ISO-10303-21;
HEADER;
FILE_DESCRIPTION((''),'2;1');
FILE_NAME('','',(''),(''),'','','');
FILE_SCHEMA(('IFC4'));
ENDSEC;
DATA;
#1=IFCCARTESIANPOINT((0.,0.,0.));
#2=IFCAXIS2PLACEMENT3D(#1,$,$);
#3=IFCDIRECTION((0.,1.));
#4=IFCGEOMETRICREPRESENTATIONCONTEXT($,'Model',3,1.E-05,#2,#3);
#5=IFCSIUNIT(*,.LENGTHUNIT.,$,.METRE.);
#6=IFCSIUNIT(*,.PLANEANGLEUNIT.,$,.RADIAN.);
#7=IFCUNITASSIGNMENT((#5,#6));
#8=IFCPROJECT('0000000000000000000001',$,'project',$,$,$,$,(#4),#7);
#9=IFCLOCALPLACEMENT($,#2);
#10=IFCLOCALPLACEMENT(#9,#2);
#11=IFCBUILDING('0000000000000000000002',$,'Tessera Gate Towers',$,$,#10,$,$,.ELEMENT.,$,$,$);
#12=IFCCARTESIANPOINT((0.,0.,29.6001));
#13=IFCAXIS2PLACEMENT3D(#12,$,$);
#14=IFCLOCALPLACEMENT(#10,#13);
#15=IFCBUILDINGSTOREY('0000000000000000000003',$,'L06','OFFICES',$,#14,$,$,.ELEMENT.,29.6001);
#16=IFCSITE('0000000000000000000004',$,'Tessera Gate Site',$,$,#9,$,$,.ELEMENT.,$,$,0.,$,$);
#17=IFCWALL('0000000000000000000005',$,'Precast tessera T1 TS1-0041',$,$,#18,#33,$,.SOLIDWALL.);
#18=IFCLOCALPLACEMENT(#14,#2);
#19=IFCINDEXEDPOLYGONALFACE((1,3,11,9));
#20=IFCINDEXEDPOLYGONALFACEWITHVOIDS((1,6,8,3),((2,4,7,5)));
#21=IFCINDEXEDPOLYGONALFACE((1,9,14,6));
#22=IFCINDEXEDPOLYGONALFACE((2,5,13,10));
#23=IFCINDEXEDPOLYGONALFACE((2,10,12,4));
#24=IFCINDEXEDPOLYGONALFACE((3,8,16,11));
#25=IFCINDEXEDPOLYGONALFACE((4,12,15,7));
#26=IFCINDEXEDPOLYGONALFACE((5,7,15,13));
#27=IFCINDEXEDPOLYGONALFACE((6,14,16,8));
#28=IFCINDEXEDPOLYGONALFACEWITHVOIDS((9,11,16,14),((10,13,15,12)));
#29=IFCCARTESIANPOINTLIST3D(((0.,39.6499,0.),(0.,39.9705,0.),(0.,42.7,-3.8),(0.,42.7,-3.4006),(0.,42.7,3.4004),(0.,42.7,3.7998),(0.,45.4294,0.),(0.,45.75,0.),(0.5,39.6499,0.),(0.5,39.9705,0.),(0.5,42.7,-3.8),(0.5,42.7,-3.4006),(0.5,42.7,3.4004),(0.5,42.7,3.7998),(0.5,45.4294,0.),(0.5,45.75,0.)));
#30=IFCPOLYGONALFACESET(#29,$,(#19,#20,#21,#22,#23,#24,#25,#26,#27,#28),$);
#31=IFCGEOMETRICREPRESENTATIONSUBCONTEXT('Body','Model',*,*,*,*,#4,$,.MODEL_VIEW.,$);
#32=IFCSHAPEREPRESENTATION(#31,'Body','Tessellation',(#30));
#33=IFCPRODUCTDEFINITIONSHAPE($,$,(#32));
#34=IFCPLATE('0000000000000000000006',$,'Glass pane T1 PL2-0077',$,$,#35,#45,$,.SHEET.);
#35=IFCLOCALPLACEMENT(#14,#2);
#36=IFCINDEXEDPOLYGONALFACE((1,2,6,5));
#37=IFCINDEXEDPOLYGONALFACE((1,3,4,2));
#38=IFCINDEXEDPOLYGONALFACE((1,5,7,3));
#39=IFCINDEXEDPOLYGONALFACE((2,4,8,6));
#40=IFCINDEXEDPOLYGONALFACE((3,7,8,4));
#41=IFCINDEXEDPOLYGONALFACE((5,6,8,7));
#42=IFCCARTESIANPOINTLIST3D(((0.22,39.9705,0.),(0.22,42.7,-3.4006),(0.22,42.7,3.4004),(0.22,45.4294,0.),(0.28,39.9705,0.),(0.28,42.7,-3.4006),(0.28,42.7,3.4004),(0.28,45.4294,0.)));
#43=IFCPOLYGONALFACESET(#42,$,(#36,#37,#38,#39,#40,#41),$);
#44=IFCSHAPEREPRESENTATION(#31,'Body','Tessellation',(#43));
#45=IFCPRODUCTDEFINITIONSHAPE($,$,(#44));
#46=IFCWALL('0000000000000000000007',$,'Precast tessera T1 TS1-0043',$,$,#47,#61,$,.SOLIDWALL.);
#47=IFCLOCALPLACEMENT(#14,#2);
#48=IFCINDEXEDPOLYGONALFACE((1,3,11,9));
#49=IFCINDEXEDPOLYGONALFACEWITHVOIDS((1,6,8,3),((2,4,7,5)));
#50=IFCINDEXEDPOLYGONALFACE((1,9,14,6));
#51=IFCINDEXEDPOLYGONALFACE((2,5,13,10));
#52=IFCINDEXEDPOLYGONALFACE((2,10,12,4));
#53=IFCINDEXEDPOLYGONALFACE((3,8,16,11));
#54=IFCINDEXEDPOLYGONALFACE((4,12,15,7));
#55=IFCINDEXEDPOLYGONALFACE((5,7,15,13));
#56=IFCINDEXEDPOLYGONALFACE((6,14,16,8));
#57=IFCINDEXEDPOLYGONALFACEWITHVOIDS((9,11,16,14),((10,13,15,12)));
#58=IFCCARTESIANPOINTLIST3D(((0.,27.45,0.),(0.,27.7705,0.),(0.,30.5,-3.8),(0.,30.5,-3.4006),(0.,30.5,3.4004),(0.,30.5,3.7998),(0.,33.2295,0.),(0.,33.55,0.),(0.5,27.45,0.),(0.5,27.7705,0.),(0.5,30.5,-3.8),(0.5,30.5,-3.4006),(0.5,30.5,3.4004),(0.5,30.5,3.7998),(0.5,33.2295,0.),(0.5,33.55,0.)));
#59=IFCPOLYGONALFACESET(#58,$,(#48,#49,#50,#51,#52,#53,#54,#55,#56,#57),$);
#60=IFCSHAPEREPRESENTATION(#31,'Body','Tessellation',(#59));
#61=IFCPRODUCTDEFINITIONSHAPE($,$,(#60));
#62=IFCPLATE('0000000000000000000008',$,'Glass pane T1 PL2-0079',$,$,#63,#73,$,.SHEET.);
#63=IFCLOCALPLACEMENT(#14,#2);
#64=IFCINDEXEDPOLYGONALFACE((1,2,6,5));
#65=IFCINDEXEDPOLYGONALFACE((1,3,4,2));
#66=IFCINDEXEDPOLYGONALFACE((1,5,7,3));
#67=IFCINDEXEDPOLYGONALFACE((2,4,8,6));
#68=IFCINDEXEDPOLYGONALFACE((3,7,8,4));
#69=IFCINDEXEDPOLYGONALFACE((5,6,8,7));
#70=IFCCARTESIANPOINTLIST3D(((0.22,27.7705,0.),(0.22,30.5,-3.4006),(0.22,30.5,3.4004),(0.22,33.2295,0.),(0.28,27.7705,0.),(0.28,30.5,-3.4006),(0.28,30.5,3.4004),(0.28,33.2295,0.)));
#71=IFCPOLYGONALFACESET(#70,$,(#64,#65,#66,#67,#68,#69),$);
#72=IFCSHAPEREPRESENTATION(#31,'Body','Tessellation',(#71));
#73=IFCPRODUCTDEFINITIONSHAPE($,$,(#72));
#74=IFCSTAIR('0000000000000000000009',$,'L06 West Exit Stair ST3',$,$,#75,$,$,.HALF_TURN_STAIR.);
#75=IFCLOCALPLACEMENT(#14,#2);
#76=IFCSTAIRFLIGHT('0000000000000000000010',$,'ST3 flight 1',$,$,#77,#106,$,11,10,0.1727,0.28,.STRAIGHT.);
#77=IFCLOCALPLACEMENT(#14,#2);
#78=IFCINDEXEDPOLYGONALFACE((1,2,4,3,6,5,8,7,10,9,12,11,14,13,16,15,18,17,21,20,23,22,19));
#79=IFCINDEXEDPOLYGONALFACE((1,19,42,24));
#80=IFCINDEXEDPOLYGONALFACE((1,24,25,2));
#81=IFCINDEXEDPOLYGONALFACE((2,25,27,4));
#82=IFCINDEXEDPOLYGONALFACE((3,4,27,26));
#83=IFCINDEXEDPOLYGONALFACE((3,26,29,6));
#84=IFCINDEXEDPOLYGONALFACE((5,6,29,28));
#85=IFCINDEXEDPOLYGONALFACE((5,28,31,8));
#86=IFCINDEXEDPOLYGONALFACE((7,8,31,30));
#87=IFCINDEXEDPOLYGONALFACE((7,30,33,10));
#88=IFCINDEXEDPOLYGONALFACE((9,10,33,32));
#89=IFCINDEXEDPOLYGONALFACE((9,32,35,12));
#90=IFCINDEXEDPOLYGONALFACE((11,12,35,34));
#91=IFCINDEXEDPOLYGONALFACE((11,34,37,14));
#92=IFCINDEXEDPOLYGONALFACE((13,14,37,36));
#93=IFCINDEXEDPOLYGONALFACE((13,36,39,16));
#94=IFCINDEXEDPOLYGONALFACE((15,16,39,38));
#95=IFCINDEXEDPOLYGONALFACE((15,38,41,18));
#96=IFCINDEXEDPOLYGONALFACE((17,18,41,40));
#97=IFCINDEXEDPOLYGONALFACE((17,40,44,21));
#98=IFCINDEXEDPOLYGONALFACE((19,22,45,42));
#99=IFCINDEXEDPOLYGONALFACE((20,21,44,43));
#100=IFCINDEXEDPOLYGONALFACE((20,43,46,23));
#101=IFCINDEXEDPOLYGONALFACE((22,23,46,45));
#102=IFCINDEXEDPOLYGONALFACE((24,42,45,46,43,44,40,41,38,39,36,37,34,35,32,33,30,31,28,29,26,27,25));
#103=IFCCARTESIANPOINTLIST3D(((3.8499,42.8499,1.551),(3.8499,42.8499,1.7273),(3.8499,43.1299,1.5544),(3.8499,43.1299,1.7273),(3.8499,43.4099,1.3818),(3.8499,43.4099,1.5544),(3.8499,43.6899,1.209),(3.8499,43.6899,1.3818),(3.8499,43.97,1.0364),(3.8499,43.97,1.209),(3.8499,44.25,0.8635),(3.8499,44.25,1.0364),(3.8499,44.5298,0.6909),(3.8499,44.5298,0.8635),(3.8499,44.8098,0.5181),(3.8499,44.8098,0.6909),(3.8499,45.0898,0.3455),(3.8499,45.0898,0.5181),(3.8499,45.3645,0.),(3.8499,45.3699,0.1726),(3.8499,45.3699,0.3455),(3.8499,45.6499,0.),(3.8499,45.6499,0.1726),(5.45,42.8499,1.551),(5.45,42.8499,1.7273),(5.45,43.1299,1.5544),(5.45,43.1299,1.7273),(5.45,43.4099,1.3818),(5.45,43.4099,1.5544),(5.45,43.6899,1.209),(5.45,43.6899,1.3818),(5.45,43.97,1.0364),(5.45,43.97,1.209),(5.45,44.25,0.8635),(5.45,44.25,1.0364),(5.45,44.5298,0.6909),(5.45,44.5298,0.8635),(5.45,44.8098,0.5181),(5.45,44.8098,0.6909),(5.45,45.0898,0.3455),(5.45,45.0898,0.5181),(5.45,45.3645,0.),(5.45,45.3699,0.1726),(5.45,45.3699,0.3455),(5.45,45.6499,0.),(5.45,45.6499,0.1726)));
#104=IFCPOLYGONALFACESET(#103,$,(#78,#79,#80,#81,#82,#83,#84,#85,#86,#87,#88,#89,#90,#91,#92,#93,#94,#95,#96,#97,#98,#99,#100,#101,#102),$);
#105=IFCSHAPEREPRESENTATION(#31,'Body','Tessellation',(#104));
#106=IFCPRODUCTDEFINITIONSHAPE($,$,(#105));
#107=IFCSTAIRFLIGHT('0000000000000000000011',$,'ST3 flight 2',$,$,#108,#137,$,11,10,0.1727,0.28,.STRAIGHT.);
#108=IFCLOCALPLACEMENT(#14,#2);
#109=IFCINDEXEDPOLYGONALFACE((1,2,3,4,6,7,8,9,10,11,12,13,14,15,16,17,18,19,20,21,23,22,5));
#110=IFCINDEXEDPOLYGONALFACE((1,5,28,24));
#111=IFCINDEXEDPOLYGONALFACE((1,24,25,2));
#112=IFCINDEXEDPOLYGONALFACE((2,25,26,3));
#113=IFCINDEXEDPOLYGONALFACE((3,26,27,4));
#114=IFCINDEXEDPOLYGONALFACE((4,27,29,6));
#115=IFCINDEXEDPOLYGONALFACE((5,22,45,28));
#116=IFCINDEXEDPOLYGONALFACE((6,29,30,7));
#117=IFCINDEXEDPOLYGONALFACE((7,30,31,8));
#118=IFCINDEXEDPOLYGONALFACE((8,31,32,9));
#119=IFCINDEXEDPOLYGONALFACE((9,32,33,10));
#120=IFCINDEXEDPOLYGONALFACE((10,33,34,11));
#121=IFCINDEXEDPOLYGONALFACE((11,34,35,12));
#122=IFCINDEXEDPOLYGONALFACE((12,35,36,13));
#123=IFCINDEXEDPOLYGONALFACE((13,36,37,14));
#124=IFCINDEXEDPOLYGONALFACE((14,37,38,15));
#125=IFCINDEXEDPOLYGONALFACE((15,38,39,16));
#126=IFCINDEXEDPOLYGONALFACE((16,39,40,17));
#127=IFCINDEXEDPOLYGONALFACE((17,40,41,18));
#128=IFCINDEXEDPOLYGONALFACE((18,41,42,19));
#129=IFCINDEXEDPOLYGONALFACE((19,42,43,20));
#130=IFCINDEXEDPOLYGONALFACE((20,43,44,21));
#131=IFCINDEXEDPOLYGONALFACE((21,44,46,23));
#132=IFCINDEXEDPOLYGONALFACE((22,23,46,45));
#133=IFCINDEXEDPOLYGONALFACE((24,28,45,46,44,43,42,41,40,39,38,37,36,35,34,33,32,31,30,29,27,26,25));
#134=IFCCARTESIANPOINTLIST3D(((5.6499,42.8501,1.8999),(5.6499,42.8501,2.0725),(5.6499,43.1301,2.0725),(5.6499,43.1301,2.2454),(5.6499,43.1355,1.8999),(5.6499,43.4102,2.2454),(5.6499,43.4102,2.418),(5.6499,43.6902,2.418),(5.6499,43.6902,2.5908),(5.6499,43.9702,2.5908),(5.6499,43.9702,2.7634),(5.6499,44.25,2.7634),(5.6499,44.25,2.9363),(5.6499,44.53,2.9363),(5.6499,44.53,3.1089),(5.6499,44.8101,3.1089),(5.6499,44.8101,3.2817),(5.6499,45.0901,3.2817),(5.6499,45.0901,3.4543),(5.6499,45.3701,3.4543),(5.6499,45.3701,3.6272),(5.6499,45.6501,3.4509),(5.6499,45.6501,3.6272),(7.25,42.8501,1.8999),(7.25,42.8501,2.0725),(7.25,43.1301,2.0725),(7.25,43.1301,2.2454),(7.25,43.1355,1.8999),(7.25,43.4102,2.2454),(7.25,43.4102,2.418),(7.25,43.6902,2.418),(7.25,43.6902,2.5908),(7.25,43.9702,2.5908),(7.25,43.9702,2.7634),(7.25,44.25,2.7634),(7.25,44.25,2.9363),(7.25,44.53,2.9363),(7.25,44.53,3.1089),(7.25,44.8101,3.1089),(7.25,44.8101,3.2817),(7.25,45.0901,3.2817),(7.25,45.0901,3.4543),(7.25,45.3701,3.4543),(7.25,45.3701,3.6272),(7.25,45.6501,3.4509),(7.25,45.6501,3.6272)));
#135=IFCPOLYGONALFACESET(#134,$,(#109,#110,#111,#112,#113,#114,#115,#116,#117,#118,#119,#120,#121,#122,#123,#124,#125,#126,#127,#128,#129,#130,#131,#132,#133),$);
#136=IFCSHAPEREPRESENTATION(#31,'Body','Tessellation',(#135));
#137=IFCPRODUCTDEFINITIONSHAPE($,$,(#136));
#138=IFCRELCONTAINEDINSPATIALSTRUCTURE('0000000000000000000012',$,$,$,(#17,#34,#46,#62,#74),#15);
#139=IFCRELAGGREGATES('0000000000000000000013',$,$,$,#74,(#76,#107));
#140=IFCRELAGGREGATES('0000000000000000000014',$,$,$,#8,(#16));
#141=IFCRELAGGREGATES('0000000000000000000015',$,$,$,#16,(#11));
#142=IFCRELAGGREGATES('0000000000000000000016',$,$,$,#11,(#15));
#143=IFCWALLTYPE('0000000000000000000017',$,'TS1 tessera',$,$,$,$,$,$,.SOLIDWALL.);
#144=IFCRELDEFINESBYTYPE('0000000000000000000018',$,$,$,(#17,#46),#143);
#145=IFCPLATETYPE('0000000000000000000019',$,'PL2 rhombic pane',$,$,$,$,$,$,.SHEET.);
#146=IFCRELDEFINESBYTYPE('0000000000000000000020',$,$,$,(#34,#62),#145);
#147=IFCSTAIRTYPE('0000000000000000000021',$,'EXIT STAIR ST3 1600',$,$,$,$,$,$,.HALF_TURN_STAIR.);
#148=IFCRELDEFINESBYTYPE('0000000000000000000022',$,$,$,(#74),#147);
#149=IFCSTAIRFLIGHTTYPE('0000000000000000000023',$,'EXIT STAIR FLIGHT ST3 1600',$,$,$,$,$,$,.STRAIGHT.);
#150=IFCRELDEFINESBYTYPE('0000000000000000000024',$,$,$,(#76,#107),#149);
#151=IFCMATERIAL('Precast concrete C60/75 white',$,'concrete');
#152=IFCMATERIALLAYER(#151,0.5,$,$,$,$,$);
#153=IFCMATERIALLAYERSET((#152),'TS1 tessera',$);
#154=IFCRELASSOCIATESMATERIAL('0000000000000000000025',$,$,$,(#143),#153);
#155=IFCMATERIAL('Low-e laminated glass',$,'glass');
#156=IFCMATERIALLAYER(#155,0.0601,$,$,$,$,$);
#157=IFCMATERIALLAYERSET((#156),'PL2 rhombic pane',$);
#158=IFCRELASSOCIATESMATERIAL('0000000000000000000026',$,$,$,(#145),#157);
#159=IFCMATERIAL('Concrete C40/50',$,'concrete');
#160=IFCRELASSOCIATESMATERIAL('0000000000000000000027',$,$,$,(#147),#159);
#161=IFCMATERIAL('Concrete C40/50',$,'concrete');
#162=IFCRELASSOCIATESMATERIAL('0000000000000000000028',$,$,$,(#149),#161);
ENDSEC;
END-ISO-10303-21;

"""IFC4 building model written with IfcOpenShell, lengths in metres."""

from ifc_helpers import new_model, si_unit, direction, frame, origin, place, context, subcontext, project, spatial, polyline, outline, extrude, source, transform, mapped, material, layer, layer_set, type_object, element, fill, aggregate, save


model = new_model("IFC4")

# Units and contexts
model_context = context("Model", 3, precision=1e-05, world=origin(), true_north=direction((0.0, 1.0)))
body_context = subcontext(model_context, "Body", "Model", "MODEL_VIEW")
ifc_project = project(units=[si_unit("LENGTHUNIT", "METRE"), si_unit("PLANEANGLEUNIT", "RADIAN")], contexts=[model_context])

# Site, building, storey
site_placement = place(None, origin())
site = spatial("IfcSite", under=ifc_project, at=site_placement, Name="Tessera Gate Site", CompositionType="ELEMENT", RefElevation=0.0)
building_placement = place(site_placement, origin())
building = spatial("IfcBuilding", under=site, at=building_placement, Name="Tessera Gate Towers", CompositionType="ELEMENT")
storey_placement = place(building_placement, frame((0.0, 0.0, 29.6001)))
storey = spatial("IfcBuildingStorey", under=building, at=storey_placement, Name="L06", Description="OFFICES", CompositionType="ELEMENT", Elevation=29.6001)

# Walls, openings, plates
ifc_material_1 = material(Name="Precast concrete C60/75 white", Category="concrete")
ifc_layer_1 = layer(ifc_material_1, 0.5)
ifc_layer_set_1 = layer_set([ifc_layer_1], Name="TS1 tessera")
wall_type_1 = type_object("IfcWallType", Name="TS1 tessera", PredefinedType="SOLIDWALL", material=ifc_layer_set_1)
shared_shape_1 = source(origin(), body_context, "Body", "SweptSolid", [
    extrude(outline(polyline([(3.05, 0.0), (6.1001, 3.8), (3.05, 7.5999), (0.0, 3.8), (3.05, 0.0)])), frame((0.0, 0.25, 0.0), z_axis=(0.0, -1.0, 0.0), x_axis=(1.0, 0.0, 0.0)), (0.0, 0.0, 1.0), 0.5),
])
wall_1_placement = place(storey_placement, frame((0.25, 45.75, -3.8), z_axis=(0.0, 0.0, 1.0), x_axis=(0.0, -1.0, 0.0)))
wall_1 = element("IfcWall", 1, at=wall_1_placement, inside=storey, type_object=wall_type_1, Name="Precast tessera T1 TS1-0041", PredefinedType="SOLIDWALL", context=body_context, shape_type="MappedRepresentation", body=[
    mapped(shared_shape_1, transform((0.0, 0.0, 0.0), scale=1.0)),
])
shared_shape_2 = source(origin(), body_context, "Body", "SweptSolid", [
    extrude(outline(polyline([(3.05, 0.3994), (5.7795, 3.8), (3.05, 7.2004), (0.3206, 3.8), (3.05, 0.3994)])), frame((0.0, 0.26, 0.0), z_axis=(0.0, -1.0, 0.0), x_axis=(1.0, 0.0, 0.0)), (0.0, 0.0, 1.0), 0.52),
])
opening_1_placement = place(wall_1_placement, origin())
opening_1 = element("IfcOpeningElement", 2, at=opening_1_placement, cuts=wall_1, PredefinedType="OPENING", context=body_context, shape_type="MappedRepresentation", body=[
    mapped(shared_shape_2, transform((0.0, 0.0, 0.0), scale=1.0)),
])
ifc_material_2 = material(Name="Low-e laminated glass", Category="glass")
ifc_layer_2 = layer(ifc_material_2, 0.0601)
ifc_layer_set_2 = layer_set([ifc_layer_2], Name="PL2 rhombic pane")
plate_type = type_object("IfcPlateType", Name="PL2 rhombic pane", PredefinedType="SHEET", material=ifc_layer_set_2)
shared_shape_3 = source(origin(), body_context, "Body", "SweptSolid", [
    extrude(outline(polyline([(3.05, 0.3994), (5.7795, 3.8), (3.05, 7.2004), (0.3206, 3.8), (3.05, 0.3994)])), frame((0.0, 0.03, 0.0), z_axis=(0.0, -1.0, 0.0), x_axis=(1.0, 0.0, 0.0)), (0.0, 0.0, 1.0), 0.0601),
])
plate_1_placement = place(opening_1_placement, origin())
plate_1 = element("IfcPlate", 3, at=plate_1_placement, inside=storey, type_object=plate_type, Name="Glass pane T1 PL2-0077", PredefinedType="SHEET", context=body_context, shape_type="MappedRepresentation", body=[
    mapped(shared_shape_3, transform((0.0, 0.0, 0.0), scale=1.0)),
])
fill(opening_1, plate_1)
wall_2_placement = place(storey_placement, frame((0.25, 33.55, -3.8), z_axis=(0.0, 0.0, 1.0), x_axis=(0.0, -1.0, 0.0)))
wall_2 = element("IfcWall", 4, at=wall_2_placement, inside=storey, type_object=wall_type_1, Name="Precast tessera T1 TS1-0043", PredefinedType="SOLIDWALL", context=body_context, shape_type="MappedRepresentation", body=[
    mapped(shared_shape_1, transform((0.0, 0.0, 0.0), scale=1.0)),
])
opening_2_placement = place(wall_2_placement, origin())
opening_2 = element("IfcOpeningElement", 5, at=opening_2_placement, cuts=wall_2, PredefinedType="OPENING", context=body_context, shape_type="MappedRepresentation", body=[
    mapped(shared_shape_2, transform((0.0, 0.0, 0.0), scale=1.0)),
])
plate_2_placement = place(opening_2_placement, origin())
plate_2 = element("IfcPlate", 6, at=plate_2_placement, inside=storey, type_object=plate_type, Name="Glass pane T1 PL2-0079", PredefinedType="SHEET", context=body_context, shape_type="MappedRepresentation", body=[
    mapped(shared_shape_3, transform((0.0, 0.0, 0.0), scale=1.0)),
])
fill(opening_2, plate_2)

# Stair, stair flights
ifc_material_3 = material(Name="Concrete C40/50", Category="concrete")
stair_type = type_object("IfcStairType", Name="EXIT STAIR ST3 1600", PredefinedType="HALF_TURN_STAIR", material=ifc_material_3)
stair_placement = place(storey_placement, origin())
stair = element("IfcStair", 7, at=stair_placement, inside=storey, type_object=stair_type, Name="L06 West Exit Stair ST3", PredefinedType="HALF_TURN_STAIR")
ifc_material_4 = material(Name="Concrete C40/50", Category="concrete")
stair_flight_type = type_object("IfcStairFlightType", Name="EXIT STAIR FLIGHT ST3 1600", PredefinedType="STRAIGHT", material=ifc_material_4)
stair_flight_1_placement = place(storey_placement, frame((4.6499, 45.6499, 0.0), z_axis=(0.0, 0.0, 1.0), x_axis=(0.0, -1.0, 0.0)))
stair_flight_1 = element("IfcStairFlight", 8, at=stair_flight_1_placement, type_object=stair_flight_type, Name="ST3 flight 1", NumberOfRisers=11, NumberOfTreads=10, PredefinedType="STRAIGHT", RiserHeight=0.1727, TreadLength=0.28, context=body_context, shape_type="SweptSolid", body=[
    extrude(outline(polyline([(0.0, 0.0), (0.0, 0.1726), (0.28, 0.1726), (0.28, 0.3455), (0.5601, 0.3455), (0.5601, 0.5181), (0.8401, 0.5181), (0.8401, 0.6909), (1.1201, 0.6909), (1.1201, 0.8635), (1.3999, 0.8635), (1.3999, 1.0364), (1.6799, 1.0364), (1.6799, 1.209), (1.96, 1.209), (1.96, 1.3818), (2.24, 1.3818), (2.24, 1.5544), (2.52, 1.5544), (2.52, 1.7273), (2.8, 1.7273), (2.8, 1.8999), (2.8, 1.551), (0.2854, 0.0), (0.0, 0.0)])), frame((0.0, 0.8, 0.0), z_axis=(0.0, -1.0, 0.0), x_axis=(1.0, 0.0, 0.0)), (0.0, 0.0, 1.0), 1.6001),
])
stair_flight_2_placement = place(storey_placement, frame((6.45, 42.8501, 1.8999), z_axis=(0.0, 0.0, 1.0), x_axis=(0.0, 1.0, 0.0)))
stair_flight_2 = element("IfcStairFlight", 9, at=stair_flight_2_placement, type_object=stair_flight_type, Name="ST3 flight 2", NumberOfRisers=11, NumberOfTreads=10, PredefinedType="STRAIGHT", RiserHeight=0.1727, TreadLength=0.28, context=body_context, shape_type="SweptSolid", body=[
    extrude(outline(polyline([(0.0, 0.0), (0.0, 0.1726), (0.28, 0.1726), (0.28, 0.3455), (0.5601, 0.3455), (0.5601, 0.5181), (0.8401, 0.5181), (0.8401, 0.6909), (1.1201, 0.6909), (1.1201, 0.8635), (1.3999, 0.8635), (1.3999, 1.0364), (1.6799, 1.0364), (1.6799, 1.209), (1.96, 1.209), (1.96, 1.3818), (2.24, 1.3818), (2.24, 1.5544), (2.52, 1.5544), (2.52, 1.7273), (2.8, 1.7273), (2.8, 1.8999), (2.8, 1.551), (0.2854, 0.0), (0.0, 0.0)])), frame((0.0, 0.8, 0.0), z_axis=(0.0, -1.0, 0.0), x_axis=(1.0, 0.0, 0.0)), (0.0, 0.0, 1.0), 1.6001),
])
aggregate(stair, [stair_flight_1, stair_flight_2])

save(model, "model.ifc")
